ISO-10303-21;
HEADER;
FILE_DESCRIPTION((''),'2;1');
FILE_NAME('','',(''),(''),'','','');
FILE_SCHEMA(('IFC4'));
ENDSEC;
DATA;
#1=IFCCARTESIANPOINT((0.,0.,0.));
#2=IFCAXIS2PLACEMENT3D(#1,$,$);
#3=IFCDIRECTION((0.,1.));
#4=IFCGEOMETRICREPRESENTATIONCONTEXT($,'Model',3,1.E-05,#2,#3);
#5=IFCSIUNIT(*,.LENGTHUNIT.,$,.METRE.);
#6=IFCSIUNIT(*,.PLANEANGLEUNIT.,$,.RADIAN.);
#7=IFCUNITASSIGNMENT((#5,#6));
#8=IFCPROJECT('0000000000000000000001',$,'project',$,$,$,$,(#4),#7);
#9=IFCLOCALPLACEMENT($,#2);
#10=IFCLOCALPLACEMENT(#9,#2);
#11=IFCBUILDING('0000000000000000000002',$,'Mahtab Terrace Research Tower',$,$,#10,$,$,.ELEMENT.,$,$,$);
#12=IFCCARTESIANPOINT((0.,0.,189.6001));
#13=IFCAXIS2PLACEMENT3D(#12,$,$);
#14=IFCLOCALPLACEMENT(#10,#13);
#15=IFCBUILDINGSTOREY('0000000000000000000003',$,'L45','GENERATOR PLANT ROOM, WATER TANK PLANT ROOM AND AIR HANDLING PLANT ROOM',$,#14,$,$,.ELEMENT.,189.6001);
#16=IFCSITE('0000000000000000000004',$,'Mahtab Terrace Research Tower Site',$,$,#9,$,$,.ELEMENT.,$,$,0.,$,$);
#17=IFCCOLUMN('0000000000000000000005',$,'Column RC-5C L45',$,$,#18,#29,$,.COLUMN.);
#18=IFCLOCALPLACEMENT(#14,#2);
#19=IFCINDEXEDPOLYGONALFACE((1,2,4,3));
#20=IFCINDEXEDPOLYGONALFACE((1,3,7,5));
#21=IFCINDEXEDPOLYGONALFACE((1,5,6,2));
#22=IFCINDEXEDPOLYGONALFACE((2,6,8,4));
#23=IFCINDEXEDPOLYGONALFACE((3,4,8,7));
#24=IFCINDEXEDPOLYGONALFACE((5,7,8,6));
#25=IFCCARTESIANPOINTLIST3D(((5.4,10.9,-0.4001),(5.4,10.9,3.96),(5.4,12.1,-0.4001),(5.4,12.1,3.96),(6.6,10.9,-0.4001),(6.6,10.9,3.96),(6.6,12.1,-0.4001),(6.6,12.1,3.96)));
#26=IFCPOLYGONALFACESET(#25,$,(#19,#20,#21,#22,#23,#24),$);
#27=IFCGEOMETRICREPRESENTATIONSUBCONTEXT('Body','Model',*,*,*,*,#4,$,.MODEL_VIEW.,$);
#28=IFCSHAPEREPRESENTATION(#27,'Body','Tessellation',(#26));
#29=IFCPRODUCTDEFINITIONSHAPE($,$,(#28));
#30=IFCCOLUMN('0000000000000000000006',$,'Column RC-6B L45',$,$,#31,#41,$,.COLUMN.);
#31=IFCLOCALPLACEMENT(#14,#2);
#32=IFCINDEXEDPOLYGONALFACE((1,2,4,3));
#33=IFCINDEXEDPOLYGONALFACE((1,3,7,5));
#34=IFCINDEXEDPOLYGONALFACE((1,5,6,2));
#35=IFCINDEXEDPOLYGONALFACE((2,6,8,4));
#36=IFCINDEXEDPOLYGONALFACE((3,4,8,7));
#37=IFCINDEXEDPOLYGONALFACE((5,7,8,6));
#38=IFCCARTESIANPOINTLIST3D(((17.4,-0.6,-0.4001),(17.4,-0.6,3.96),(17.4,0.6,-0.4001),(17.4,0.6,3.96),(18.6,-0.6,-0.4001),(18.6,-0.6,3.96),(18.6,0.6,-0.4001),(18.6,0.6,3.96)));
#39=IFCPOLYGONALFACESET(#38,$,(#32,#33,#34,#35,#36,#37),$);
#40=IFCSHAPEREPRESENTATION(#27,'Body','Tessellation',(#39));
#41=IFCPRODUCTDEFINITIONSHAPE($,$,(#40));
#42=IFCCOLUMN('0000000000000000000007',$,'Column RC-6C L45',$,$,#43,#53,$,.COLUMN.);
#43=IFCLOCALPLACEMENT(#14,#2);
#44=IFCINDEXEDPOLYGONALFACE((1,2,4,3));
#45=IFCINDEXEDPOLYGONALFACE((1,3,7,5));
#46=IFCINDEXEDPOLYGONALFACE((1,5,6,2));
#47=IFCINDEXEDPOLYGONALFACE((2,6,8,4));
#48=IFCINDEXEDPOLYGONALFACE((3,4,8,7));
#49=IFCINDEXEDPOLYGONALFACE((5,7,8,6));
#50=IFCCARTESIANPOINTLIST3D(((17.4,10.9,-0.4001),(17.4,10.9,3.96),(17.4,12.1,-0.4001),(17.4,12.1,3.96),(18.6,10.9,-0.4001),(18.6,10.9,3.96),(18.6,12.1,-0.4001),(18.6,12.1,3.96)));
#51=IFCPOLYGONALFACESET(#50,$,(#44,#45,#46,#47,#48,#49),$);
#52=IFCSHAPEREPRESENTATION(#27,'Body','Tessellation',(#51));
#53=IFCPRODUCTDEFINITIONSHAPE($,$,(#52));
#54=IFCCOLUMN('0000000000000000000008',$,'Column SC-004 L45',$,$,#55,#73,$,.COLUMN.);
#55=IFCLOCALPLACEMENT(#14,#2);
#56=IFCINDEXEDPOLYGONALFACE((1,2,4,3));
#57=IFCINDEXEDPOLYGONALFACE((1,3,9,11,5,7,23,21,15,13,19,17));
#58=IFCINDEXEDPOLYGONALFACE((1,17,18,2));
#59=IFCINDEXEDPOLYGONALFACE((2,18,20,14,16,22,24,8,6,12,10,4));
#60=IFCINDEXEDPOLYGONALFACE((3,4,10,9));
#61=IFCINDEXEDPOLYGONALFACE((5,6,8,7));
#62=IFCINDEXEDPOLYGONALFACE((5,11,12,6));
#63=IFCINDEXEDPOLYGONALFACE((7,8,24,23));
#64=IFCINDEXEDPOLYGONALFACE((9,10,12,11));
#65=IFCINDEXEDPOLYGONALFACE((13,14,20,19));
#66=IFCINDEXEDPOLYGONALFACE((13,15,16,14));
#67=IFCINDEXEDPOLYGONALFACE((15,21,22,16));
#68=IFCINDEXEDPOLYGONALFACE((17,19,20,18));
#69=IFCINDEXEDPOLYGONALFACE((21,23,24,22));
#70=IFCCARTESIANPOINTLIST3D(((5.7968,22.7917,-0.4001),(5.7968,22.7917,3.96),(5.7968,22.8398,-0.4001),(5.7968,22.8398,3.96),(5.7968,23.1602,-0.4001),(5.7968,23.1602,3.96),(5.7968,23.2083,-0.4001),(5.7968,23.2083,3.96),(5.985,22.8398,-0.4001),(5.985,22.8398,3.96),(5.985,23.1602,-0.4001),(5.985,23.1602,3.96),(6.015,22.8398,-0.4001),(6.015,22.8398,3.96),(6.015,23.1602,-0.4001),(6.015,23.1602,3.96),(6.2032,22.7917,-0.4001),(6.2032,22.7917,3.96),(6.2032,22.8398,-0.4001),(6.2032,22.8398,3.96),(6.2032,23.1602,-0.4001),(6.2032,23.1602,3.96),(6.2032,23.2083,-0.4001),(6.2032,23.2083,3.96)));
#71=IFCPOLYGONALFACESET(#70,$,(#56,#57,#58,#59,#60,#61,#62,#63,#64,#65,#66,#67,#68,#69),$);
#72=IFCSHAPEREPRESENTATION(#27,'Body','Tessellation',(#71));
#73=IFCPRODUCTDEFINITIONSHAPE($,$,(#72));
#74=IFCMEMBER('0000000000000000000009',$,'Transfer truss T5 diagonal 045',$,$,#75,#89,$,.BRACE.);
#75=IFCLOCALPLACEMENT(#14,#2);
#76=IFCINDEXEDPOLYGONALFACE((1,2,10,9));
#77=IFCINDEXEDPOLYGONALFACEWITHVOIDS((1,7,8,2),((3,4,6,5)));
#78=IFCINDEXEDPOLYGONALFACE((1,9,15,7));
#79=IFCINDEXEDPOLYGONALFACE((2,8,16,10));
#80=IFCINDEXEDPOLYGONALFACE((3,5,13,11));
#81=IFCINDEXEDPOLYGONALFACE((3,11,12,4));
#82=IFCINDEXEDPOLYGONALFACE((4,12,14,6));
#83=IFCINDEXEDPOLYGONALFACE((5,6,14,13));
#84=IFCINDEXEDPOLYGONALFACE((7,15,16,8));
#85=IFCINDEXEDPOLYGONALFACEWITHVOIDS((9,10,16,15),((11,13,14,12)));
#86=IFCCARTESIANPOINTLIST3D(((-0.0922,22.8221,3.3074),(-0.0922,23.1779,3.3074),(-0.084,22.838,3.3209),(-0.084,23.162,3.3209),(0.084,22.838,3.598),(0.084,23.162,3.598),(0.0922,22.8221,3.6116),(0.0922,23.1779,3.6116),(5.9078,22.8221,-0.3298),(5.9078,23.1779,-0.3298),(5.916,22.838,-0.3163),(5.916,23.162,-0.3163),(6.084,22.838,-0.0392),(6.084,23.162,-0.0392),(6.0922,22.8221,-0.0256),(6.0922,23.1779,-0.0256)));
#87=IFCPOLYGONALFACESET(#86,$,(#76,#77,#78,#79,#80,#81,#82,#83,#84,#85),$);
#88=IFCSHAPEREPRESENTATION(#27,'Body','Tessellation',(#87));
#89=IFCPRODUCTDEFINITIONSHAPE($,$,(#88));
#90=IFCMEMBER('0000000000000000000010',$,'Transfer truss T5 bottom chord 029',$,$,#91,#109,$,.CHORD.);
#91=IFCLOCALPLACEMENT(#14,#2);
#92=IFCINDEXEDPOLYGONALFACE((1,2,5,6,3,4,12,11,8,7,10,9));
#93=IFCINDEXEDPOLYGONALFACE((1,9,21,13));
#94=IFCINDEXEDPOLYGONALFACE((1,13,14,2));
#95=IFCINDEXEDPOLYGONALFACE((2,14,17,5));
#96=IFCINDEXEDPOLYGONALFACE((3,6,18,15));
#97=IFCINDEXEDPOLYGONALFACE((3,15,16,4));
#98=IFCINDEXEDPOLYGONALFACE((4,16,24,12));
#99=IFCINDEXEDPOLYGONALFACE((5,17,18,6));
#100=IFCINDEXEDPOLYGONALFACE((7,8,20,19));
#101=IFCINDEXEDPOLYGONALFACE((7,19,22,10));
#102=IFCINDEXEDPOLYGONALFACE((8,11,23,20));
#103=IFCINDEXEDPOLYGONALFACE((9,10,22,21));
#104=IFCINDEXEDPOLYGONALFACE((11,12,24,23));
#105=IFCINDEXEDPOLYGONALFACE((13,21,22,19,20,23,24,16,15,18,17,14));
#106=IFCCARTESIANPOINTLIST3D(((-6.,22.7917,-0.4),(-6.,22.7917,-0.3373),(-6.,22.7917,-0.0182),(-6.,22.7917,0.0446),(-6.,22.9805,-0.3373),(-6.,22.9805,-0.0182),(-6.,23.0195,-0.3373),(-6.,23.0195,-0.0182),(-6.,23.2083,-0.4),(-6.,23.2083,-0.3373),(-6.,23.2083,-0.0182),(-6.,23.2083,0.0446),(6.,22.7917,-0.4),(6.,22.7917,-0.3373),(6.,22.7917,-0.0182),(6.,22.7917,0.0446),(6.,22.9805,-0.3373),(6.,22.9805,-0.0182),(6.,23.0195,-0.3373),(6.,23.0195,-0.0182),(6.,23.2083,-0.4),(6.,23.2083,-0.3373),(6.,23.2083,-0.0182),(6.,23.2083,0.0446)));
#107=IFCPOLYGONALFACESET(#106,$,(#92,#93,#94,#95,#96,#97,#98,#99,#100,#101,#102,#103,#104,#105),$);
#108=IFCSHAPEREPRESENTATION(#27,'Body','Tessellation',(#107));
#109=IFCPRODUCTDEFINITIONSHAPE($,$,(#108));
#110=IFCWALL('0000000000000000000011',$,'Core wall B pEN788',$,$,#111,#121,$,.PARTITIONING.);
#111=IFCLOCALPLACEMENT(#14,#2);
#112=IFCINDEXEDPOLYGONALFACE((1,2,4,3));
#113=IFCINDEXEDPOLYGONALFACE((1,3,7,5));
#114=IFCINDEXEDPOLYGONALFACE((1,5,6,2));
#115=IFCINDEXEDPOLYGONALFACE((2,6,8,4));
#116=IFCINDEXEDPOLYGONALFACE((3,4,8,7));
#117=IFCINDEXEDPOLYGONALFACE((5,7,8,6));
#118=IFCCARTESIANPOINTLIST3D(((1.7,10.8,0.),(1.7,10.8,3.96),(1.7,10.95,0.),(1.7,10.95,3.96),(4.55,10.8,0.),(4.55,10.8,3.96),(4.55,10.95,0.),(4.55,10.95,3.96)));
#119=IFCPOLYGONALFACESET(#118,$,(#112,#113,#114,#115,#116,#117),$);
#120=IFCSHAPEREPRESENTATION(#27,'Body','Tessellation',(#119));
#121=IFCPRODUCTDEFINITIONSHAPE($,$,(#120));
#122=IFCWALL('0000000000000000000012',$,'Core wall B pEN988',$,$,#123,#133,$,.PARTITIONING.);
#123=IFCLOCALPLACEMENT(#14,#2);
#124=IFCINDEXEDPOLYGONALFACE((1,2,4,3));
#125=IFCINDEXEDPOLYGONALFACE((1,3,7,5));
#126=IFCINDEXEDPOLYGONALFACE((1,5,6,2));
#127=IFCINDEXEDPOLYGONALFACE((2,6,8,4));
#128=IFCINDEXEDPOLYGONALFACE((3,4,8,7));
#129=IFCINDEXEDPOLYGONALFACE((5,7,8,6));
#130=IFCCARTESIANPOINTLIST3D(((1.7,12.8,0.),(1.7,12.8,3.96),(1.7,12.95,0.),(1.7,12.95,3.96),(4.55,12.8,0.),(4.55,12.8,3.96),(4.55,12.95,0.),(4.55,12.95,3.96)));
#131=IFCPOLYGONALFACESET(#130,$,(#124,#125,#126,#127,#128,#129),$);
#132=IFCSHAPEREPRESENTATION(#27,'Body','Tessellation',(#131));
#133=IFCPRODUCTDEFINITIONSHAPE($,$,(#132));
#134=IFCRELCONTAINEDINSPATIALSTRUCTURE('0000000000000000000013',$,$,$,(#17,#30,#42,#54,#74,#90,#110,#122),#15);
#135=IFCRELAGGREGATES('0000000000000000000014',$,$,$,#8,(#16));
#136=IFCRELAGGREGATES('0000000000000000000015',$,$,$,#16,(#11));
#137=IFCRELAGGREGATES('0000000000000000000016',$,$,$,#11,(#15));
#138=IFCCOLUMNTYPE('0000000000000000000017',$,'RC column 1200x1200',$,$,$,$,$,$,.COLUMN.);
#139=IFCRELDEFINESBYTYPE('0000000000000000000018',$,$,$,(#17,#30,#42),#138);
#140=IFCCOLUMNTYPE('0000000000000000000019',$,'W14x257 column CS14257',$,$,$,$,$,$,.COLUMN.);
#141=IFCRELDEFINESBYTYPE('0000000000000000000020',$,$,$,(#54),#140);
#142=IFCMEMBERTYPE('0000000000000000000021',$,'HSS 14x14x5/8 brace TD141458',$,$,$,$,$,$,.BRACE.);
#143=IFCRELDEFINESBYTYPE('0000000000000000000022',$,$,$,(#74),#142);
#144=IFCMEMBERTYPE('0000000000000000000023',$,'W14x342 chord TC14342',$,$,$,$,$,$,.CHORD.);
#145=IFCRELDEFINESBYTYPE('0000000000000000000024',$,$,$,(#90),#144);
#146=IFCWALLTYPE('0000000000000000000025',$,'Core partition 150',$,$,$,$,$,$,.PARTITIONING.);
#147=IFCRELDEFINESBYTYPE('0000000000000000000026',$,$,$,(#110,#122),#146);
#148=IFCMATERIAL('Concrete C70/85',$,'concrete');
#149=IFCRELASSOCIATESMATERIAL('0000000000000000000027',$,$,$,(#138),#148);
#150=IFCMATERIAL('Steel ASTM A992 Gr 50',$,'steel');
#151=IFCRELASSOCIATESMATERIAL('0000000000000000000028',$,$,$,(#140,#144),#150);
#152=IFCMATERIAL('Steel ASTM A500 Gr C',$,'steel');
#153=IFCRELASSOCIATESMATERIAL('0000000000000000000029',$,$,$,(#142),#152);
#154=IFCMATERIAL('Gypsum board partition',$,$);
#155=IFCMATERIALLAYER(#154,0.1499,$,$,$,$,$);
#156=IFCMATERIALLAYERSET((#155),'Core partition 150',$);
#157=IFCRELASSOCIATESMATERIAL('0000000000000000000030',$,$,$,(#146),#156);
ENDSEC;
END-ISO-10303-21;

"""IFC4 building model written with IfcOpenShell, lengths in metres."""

from ifc_helpers import new_model, si_unit, direction, frame, frame_2d, origin, origin_2d, place, context, subcontext, project, spatial, rectangle, hollow_rectangle, i_section, extrude, material, layer, layer_set, material_profile, profile_set, type_object, element, save


model = new_model("IFC4")

# Units and contexts
model_context = context("Model", 3, precision=1e-05, world=origin(), true_north=direction((0.0, 1.0)))
body_context = subcontext(model_context, "Body", "Model", "MODEL_VIEW")
ifc_project = project(units=[si_unit("LENGTHUNIT", "METRE"), si_unit("PLANEANGLEUNIT", "RADIAN")], contexts=[model_context])

# Site, building, storey
site_placement = place(None, origin())
site = spatial("IfcSite", under=ifc_project, at=site_placement, Name="Mahtab Terrace Research Tower Site", CompositionType="ELEMENT", RefElevation=0.0)
building_placement = place(site_placement, origin())
building = spatial("IfcBuilding", under=site, at=building_placement, Name="Mahtab Terrace Research Tower", CompositionType="ELEMENT")
storey_placement = place(building_placement, frame((0.0, 0.0, 189.6001)))
storey = spatial("IfcBuildingStorey", under=building, at=storey_placement, Name="L45", Description="GENERATOR PLANT ROOM, WATER TANK PLANT ROOM AND AIR HANDLING PLANT ROOM", CompositionType="ELEMENT", Elevation=189.6001)

# Columns
ifc_material_1 = material(Name="Concrete C70/85", Category="concrete")
ifc_material_profile_1 = material_profile(ifc_material_1, rectangle(XDim=1.2, YDim=1.2, at=origin_2d()), Name="RC column 1200x1200")
ifc_profile_set_1 = profile_set([ifc_material_profile_1], Name="Concrete C70/85")
column_type_1 = type_object("IfcColumnType", Name="RC column 1200x1200", PredefinedType="COLUMN", material=ifc_profile_set_1)
for number, where, z_axis, x_axis, name in (
    (1, (6.0, 11.5, -0.4001), (0.0, 0.0, 1.0), (1.0, 0.0, 0.0), "Column RC-5C L45"),
    (2, (18.0, 0.0, -0.4001), (0.0, 0.0, 1.0), (1.0, 0.0, 0.0), "Column RC-6B L45"),
    (3, (18.0, 11.5, -0.4001), (0.0, 0.0, 1.0), (1.0, 0.0, 0.0), "Column RC-6C L45"),
):
    element("IfcColumn", number, at=place(storey_placement, frame(where, z_axis=z_axis, x_axis=x_axis)), inside=storey, type_object=column_type_1, Name=name, PredefinedType="COLUMN", context=body_context, shape_type="SweptSolid", body=[
        extrude(rectangle(XDim=1.2, YDim=1.2, at=origin_2d()), origin(), (0.0, 0.0, 1.0), 4.3601),
    ])
ifc_material_2 = material(Name="Steel ASTM A992 Gr 50", Category="steel")
ifc_material_profile_2 = material_profile(ifc_material_2, i_section(OverallWidth=0.4065, OverallDepth=0.4165, WebThickness=0.03, FlangeThickness=0.0481, at=origin_2d()), Name="W14X257")
ifc_profile_set_2 = profile_set([ifc_material_profile_2], Name="Steel ASTM A992 Gr 50")
column_type_2 = type_object("IfcColumnType", Name="W14x257 column CS14257", PredefinedType="COLUMN", material=ifc_profile_set_2)
column_placement = place(storey_placement, frame((6.0, 23.0, -0.4001), z_axis=(0.0, 0.0, 1.0), x_axis=(1.0, 0.0, 0.0)))
element("IfcColumn", 4, at=column_placement, inside=storey, type_object=column_type_2, Name="Column SC-004 L45", PredefinedType="COLUMN", context=body_context, shape_type="SweptSolid", body=[
    extrude(i_section(OverallWidth=0.4065, OverallDepth=0.4165, WebThickness=0.03, FlangeThickness=0.0481, at=origin_2d()), origin(), (0.0, 0.0, 1.0), 4.3601),
])

# Members
ifc_material_3 = material(Name="Steel ASTM A500 Gr C", Category="steel")
ifc_material_profile_3 = material_profile(ifc_material_3, hollow_rectangle(XDim=0.3557, YDim=0.3557, WallThickness=0.0159, at=origin_2d()), Name="HSS14X14X5/8")
ifc_profile_set_3 = profile_set([ifc_material_profile_3], Name="Steel ASTM A500 Gr C")
member_type_1 = type_object("IfcMemberType", Name="HSS 14x14x5/8 brace TD141458", PredefinedType="BRACE", material=ifc_profile_set_3)
member_1_placement = place(storey_placement, frame((6.0, 23.0, -0.1777), z_axis=(-0.855145, 0.0, 0.51839), x_axis=(0.0, -1.0, 0.0)))
element("IfcMember", 5, at=member_1_placement, inside=storey, type_object=member_type_1, Name="Transfer truss T5 diagonal 045", PredefinedType="BRACE", context=body_context, shape_type="SweptSolid", body=[
    extrude(hollow_rectangle(XDim=0.3557, YDim=0.3557, WallThickness=0.0159, at=origin_2d()), origin(), (0.0, 0.0, 1.0), 7.0164),
])
ifc_material_profile_4 = material_profile(ifc_material_2, i_section(OverallWidth=0.4165, OverallDepth=0.4446, WebThickness=0.0391, FlangeThickness=0.0627, at=origin_2d()), Name="W14X342")
ifc_profile_set_4 = profile_set([ifc_material_profile_4], Name="Steel ASTM A992 Gr 50")
member_type_2 = type_object("IfcMemberType", Name="W14x342 chord TC14342", PredefinedType="CHORD", material=ifc_profile_set_4)
member_2_placement = place(storey_placement, frame((6.0, 23.0, -0.1777), z_axis=(-1.0, 0.0, 0.0), x_axis=(0.0, -1.0, 0.0)))
element("IfcMember", 6, at=member_2_placement, inside=storey, type_object=member_type_2, Name="Transfer truss T5 bottom chord 029", PredefinedType="CHORD", context=body_context, shape_type="SweptSolid", body=[
    extrude(i_section(OverallWidth=0.4165, OverallDepth=0.4446, WebThickness=0.0391, FlangeThickness=0.0627, at=origin_2d()), origin(), (0.0, 0.0, 1.0), 12.0),
])

# Walls
ifc_material_4 = material(Name="Gypsum board partition")
ifc_layer_1 = layer(ifc_material_4, 0.1499)
ifc_layer_set_1 = layer_set([ifc_layer_1], Name="Core partition 150")
wall_type_1 = type_object("IfcWallType", Name="Core partition 150", PredefinedType="PARTITIONING", material=ifc_layer_set_1)
for number, where, z_axis, x_axis, name in (
    (7, (1.7, 10.875, 0.0), (0.0, 0.0, 1.0), (1.0, 0.0, 0.0), "Core wall B pEN788"),
    (8, (1.7, 12.875, 0.0), (0.0, 0.0, 1.0), (1.0, 0.0, 0.0), "Core wall B pEN988"),
):
    element("IfcWall", number, at=place(storey_placement, frame(where, z_axis=z_axis, x_axis=x_axis)), inside=storey, type_object=wall_type_1, Name=name, PredefinedType="PARTITIONING", context=body_context, shape_type="SweptSolid", body=[
        extrude(rectangle(XDim=2.8501, YDim=0.1499, at=frame_2d((1.425, 0.0))), origin(), (0.0, 0.0, 1.0), 3.96),
    ])

save(model, "model.ifc")
